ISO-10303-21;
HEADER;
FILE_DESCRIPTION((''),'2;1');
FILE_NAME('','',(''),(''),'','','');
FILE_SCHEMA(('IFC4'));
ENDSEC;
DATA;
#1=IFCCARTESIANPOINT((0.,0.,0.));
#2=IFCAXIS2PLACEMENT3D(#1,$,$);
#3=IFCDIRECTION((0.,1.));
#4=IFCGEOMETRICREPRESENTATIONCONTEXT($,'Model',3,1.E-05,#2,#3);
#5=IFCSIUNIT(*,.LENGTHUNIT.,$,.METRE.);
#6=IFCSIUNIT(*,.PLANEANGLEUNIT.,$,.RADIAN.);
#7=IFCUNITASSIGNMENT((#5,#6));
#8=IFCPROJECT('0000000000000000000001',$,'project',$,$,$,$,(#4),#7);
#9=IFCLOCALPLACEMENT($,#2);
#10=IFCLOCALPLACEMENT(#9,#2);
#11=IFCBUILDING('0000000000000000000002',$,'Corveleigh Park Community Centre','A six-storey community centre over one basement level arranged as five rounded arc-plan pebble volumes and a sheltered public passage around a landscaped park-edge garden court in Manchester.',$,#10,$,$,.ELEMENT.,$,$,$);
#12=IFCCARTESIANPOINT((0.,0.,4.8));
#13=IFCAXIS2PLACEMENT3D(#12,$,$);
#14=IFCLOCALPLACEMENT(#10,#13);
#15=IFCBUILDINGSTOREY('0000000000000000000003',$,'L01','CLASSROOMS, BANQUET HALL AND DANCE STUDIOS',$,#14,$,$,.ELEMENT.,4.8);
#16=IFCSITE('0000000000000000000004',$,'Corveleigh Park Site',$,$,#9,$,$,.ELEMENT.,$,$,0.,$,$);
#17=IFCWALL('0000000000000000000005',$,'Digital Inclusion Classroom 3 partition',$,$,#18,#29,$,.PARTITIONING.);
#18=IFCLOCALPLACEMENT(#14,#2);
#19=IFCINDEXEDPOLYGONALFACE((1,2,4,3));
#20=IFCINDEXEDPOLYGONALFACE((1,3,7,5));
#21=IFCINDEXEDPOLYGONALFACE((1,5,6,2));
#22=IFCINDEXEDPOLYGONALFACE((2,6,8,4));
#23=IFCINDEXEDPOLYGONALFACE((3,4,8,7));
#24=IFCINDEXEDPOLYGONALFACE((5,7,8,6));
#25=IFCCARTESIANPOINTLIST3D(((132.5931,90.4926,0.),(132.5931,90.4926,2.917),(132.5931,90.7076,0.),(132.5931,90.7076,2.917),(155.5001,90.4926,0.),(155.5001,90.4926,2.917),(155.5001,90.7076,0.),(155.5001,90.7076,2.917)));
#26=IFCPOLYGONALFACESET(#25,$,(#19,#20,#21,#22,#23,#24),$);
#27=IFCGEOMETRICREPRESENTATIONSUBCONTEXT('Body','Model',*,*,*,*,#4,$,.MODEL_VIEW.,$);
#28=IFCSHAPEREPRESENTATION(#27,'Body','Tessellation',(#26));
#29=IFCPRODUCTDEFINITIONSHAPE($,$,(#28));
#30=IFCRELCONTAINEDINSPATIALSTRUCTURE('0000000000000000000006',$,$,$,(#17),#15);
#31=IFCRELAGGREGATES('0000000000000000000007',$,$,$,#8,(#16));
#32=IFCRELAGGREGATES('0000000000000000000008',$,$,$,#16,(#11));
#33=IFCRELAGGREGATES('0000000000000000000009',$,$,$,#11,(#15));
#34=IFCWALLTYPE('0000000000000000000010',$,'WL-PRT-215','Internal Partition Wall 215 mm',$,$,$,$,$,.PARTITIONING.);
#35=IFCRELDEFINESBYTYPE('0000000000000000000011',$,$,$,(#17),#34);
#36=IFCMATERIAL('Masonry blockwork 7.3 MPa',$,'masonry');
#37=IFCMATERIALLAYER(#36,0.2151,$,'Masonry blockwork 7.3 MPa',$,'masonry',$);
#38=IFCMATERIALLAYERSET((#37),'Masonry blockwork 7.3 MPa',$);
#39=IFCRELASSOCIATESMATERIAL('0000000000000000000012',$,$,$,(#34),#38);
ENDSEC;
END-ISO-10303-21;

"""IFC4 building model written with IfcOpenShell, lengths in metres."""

from ifc_helpers import new_model, si_unit, direction, frame, frame_2d, origin, place, context, subcontext, project, spatial, rectangle, extrude, material, layer, layer_set, type_object, element, save


model = new_model("IFC4")

# Units and contexts
model_context = context("Model", 3, precision=1e-05, world=origin(), true_north=direction((0.0, 1.0)))
body_context = subcontext(model_context, "Body", "Model", "MODEL_VIEW")
ifc_project = project(units=[si_unit("LENGTHUNIT", "METRE"), si_unit("PLANEANGLEUNIT", "RADIAN")], contexts=[model_context])

# Site, building, storey
site_placement = place(None, origin())
site = spatial("IfcSite", under=ifc_project, at=site_placement, Name="Corveleigh Park Site", CompositionType="ELEMENT", RefElevation=0.0)
building_placement = place(site_placement, origin())
building = spatial("IfcBuilding", under=site, at=building_placement, Name="Corveleigh Park Community Centre", Description="A six-storey community centre over one basement level arranged as five rounded arc-plan pebble volumes and a sheltered public passage around a landscaped park-edge garden court in Manchester.", CompositionType="ELEMENT")
storey_placement = place(building_placement, frame((0.0, 0.0, 4.8)))
storey = spatial("IfcBuildingStorey", under=building, at=storey_placement, Name="L01", Description="CLASSROOMS, BANQUET HALL AND DANCE STUDIOS", CompositionType="ELEMENT", Elevation=4.8)

# Wall
ifc_material_1 = material(Name="Masonry blockwork 7.3 MPa", Category="masonry")
ifc_layer_1 = layer(ifc_material_1, 0.2151, Name="Masonry blockwork 7.3 MPa", Category="masonry")
ifc_layer_set_1 = layer_set([ifc_layer_1], Name="Masonry blockwork 7.3 MPa")
wall_type = type_object("IfcWallType", Name="WL-PRT-215", Description="Internal Partition Wall 215 mm", PredefinedType="PARTITIONING", material=ifc_layer_set_1)
wall_placement = place(storey_placement, frame((132.593, 90.6001, 0.0), z_axis=(0.0, 0.0, 1.0), x_axis=(1.0, 0.0, 0.0)))
element("IfcWall", 1, at=wall_placement, inside=storey, type_object=wall_type, Name="Digital Inclusion Classroom 3 partition", PredefinedType="PARTITIONING", context=body_context, shape_type="SweptSolid", body=[
    extrude(rectangle(XDim=22.907, YDim=0.2151, at=frame_2d((11.4536, 0.0))), origin(), (0.0, 0.0, 1.0), 2.917),
])

save(model, "model.ifc")
